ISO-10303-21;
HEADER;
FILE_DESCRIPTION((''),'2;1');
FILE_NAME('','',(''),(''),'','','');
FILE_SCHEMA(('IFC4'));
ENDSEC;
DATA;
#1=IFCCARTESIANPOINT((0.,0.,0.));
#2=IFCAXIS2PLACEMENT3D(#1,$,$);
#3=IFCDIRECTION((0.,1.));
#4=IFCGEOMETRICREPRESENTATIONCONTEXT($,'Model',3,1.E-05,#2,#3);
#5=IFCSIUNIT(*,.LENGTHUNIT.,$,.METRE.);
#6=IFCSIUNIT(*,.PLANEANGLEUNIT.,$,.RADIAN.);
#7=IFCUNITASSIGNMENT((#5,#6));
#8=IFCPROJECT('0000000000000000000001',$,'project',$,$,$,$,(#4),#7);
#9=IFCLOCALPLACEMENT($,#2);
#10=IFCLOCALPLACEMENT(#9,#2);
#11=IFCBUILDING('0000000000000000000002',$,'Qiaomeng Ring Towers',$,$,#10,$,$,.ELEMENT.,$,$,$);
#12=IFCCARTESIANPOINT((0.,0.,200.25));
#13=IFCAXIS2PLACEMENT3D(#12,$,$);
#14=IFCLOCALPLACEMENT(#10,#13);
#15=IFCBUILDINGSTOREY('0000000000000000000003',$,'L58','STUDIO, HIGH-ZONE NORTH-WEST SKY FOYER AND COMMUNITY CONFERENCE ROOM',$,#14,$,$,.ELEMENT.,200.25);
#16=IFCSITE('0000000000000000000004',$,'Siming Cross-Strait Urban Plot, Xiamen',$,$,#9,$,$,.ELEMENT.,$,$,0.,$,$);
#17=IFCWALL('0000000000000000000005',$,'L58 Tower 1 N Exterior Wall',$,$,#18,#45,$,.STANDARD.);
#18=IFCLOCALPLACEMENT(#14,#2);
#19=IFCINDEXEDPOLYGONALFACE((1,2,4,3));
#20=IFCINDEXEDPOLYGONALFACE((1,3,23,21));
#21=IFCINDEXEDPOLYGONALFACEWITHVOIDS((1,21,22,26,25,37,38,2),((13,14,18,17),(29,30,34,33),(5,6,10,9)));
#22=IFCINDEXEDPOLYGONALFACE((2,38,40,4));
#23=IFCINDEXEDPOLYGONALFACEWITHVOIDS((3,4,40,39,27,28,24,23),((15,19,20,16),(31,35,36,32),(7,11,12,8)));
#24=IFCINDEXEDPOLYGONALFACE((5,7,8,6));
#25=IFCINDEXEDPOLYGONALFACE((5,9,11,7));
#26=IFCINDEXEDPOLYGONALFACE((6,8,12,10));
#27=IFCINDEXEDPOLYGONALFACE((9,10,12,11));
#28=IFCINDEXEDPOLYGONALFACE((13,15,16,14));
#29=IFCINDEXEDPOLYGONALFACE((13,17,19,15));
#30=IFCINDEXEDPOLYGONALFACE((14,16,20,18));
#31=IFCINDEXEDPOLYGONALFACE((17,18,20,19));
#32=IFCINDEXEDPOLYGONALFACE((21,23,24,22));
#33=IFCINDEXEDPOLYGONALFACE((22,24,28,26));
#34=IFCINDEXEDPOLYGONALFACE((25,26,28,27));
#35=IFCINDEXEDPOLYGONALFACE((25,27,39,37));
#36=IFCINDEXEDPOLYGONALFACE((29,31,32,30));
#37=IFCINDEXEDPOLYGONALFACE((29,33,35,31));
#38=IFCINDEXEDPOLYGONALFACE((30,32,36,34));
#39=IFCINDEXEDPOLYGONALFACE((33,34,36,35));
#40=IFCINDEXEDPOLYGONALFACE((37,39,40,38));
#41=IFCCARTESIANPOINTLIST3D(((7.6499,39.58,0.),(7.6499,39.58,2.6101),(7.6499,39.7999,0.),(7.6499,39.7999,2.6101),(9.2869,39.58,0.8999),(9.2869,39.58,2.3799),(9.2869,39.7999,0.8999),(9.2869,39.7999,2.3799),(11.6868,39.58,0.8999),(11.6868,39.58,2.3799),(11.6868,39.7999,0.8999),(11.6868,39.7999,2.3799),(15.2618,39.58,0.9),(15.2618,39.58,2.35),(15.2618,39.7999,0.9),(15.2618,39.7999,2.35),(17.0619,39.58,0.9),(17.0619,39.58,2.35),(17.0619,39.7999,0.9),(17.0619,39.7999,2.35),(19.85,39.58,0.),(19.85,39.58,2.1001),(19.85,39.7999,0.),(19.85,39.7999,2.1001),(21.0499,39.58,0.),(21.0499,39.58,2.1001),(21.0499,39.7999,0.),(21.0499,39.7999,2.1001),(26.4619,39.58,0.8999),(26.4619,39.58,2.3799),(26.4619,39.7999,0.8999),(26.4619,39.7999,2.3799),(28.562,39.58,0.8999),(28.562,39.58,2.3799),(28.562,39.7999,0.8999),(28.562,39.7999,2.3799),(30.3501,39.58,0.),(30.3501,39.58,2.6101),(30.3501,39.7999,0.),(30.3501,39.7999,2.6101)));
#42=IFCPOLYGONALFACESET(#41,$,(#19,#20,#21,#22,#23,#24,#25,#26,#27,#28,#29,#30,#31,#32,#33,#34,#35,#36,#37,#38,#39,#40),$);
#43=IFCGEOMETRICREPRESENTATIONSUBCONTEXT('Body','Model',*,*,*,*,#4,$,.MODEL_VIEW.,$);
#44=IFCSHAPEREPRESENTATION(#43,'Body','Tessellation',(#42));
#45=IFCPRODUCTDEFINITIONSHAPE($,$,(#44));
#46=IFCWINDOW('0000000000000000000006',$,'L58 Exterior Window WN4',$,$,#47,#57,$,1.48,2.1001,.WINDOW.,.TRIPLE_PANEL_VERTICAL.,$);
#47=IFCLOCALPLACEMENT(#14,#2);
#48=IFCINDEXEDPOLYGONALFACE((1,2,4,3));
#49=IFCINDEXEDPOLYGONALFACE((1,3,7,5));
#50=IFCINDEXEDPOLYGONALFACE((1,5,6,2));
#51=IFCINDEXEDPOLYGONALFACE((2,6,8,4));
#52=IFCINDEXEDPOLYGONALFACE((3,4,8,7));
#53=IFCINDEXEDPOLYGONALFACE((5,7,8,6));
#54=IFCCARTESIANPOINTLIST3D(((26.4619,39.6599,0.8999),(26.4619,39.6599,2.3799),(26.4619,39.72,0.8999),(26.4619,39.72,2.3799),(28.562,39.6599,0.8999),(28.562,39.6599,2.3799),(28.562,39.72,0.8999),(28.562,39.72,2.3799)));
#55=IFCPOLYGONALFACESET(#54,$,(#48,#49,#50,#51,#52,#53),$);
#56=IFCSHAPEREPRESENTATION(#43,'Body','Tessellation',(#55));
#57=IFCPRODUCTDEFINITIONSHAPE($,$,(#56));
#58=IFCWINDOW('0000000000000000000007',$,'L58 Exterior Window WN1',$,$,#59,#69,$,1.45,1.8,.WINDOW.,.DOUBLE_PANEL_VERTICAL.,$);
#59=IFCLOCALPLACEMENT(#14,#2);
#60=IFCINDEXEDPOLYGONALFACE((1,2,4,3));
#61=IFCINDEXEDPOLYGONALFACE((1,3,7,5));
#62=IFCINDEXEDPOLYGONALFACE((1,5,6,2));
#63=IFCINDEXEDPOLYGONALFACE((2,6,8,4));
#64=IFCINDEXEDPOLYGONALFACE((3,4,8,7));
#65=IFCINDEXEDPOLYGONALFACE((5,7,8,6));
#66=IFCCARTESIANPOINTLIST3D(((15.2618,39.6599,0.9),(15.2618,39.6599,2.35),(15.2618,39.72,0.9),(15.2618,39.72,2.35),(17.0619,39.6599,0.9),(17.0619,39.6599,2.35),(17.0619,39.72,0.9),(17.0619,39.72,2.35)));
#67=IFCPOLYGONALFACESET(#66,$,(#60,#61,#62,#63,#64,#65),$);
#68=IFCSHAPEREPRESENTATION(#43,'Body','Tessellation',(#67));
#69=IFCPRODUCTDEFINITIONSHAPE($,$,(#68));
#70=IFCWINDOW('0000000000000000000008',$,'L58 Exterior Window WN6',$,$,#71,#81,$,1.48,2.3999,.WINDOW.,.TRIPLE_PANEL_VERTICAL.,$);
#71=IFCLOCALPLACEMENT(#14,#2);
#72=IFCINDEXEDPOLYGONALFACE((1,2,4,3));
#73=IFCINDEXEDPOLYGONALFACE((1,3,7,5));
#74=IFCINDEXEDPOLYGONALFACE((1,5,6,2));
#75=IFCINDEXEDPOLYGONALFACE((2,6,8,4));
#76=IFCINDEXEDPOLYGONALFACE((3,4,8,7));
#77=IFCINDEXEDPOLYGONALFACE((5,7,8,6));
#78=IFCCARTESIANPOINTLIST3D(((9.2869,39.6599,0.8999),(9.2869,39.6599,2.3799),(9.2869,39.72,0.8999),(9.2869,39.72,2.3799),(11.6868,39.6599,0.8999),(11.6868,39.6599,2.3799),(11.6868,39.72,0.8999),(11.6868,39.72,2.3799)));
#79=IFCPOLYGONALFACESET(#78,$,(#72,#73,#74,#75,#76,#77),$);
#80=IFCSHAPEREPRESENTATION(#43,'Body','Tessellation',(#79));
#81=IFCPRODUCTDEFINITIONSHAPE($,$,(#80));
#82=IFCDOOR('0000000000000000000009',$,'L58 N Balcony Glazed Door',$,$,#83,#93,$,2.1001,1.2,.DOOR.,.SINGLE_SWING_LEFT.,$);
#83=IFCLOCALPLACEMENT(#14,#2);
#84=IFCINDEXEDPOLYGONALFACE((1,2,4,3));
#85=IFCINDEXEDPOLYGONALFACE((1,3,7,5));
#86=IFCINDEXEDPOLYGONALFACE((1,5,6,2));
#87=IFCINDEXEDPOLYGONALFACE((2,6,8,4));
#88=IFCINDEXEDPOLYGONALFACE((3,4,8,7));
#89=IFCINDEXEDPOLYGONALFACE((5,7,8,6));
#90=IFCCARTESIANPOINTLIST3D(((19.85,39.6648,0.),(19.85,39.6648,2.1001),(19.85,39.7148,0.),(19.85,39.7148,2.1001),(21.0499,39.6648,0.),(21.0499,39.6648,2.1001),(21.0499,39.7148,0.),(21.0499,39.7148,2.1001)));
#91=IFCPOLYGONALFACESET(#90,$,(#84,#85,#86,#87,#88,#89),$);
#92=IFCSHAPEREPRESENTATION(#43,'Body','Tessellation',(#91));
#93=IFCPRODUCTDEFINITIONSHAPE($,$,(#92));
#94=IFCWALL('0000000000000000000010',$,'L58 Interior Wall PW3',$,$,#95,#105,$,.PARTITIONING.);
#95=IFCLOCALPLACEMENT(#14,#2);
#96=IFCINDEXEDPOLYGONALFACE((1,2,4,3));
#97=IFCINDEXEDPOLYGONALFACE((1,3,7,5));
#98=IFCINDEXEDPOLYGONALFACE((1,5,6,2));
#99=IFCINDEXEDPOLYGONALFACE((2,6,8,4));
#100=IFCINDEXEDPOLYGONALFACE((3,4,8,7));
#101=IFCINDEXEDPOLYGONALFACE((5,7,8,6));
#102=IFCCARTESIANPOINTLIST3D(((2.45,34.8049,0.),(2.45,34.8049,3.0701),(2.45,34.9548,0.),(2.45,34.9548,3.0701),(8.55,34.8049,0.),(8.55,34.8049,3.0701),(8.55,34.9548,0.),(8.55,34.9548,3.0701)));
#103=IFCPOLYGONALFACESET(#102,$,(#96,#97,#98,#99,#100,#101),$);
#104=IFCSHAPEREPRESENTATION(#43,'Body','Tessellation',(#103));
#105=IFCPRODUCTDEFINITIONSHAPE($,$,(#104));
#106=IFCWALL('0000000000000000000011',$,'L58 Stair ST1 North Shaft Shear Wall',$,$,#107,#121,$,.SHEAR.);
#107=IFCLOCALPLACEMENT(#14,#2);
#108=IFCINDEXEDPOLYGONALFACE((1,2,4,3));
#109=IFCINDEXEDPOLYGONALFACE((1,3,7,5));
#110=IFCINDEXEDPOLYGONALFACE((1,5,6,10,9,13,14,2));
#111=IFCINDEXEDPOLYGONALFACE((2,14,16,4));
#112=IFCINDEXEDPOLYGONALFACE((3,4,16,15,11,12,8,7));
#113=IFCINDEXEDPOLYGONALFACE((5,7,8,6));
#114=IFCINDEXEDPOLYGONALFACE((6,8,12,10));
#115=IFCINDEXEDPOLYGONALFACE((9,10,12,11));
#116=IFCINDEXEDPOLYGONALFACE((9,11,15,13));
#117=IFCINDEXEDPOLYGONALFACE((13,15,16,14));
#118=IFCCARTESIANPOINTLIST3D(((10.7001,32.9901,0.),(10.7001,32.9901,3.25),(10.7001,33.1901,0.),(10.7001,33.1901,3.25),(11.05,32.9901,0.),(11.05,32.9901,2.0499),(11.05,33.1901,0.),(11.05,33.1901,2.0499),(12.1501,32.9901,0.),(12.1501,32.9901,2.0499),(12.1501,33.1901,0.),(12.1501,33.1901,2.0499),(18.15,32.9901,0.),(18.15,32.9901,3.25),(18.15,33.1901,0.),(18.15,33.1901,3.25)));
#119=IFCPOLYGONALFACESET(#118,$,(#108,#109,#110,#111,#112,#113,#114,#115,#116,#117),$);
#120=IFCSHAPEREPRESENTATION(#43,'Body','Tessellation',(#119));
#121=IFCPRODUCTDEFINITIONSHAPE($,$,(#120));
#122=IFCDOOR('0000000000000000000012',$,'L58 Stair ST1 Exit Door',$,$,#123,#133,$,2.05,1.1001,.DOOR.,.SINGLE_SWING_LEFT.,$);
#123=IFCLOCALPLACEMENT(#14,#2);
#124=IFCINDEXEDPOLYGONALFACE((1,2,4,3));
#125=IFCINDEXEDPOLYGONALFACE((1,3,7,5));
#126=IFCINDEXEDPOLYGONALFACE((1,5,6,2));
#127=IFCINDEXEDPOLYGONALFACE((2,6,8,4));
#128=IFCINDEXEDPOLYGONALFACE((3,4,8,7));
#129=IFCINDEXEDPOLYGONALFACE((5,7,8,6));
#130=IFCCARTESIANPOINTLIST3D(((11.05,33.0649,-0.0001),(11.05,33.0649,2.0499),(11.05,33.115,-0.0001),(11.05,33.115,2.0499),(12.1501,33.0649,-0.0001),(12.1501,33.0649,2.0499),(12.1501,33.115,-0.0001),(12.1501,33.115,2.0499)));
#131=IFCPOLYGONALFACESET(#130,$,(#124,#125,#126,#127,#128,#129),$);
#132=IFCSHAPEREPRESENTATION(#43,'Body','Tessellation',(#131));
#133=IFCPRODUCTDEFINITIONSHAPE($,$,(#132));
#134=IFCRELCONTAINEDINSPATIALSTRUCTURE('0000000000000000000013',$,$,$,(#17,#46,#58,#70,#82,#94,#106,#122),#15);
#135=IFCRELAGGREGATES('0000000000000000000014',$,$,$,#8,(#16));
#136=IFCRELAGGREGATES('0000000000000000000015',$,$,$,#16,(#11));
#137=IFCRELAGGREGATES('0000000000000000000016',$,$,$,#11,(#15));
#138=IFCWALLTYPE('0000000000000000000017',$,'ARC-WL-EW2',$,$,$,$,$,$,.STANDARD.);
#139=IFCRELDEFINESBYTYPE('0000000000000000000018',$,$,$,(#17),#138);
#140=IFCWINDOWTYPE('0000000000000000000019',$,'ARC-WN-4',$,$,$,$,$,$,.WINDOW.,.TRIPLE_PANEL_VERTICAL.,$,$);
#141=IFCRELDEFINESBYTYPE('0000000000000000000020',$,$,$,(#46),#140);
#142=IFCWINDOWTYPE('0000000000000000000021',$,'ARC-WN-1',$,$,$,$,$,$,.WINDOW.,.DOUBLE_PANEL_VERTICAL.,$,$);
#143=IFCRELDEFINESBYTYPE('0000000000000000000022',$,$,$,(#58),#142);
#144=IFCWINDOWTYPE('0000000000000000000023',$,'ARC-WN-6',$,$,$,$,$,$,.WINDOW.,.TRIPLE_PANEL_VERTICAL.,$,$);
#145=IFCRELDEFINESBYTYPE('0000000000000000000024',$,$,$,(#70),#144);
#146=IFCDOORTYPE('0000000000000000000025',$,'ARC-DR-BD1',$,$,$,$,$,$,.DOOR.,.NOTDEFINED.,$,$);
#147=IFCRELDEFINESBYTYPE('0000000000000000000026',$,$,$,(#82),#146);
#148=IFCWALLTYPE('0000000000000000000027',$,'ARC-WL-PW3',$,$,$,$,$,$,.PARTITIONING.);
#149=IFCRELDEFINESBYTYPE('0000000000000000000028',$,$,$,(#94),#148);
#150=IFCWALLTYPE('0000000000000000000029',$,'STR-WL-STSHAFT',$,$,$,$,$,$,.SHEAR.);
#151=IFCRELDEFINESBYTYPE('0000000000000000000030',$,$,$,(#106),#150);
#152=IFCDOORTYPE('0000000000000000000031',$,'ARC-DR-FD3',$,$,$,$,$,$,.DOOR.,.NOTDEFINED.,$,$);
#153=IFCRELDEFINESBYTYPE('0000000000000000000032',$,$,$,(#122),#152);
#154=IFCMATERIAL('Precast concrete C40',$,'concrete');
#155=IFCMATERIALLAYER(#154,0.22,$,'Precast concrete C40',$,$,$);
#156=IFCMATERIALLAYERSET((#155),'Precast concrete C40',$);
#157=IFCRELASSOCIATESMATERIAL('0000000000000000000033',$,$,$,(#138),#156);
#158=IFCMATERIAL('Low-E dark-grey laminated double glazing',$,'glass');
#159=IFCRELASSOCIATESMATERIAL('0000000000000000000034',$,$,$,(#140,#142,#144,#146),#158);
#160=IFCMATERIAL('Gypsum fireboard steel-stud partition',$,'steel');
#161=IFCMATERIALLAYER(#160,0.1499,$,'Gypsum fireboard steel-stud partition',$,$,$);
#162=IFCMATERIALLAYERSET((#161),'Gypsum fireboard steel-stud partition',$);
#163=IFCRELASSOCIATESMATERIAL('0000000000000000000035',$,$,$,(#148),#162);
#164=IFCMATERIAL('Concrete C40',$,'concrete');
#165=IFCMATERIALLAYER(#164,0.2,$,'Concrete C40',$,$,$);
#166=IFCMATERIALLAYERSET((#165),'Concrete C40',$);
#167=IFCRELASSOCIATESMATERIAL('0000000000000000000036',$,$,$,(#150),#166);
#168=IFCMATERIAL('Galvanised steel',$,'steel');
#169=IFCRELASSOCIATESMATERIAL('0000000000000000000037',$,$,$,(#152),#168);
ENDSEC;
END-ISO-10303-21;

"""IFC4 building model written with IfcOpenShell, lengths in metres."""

from ifc_helpers import new_model, si_unit, direction, frame, frame_2d, origin, place, context, subcontext, project, spatial, rectangle, extrude, source, transform, mapped, material, layer, layer_set, type_object, element, fill, save


model = new_model("IFC4")

# Units and contexts
model_context = context("Model", 3, precision=1e-05, world=origin(), true_north=direction((0.0, 1.0)))
body_context = subcontext(model_context, "Body", "Model", "MODEL_VIEW")
ifc_project = project(units=[si_unit("LENGTHUNIT", "METRE"), si_unit("PLANEANGLEUNIT", "RADIAN")], contexts=[model_context])

# Site, building, storey
site_placement = place(None, origin())
site = spatial("IfcSite", under=ifc_project, at=site_placement, Name="Siming Cross-Strait Urban Plot, Xiamen", CompositionType="ELEMENT", RefElevation=0.0)
building_placement = place(site_placement, origin())
building = spatial("IfcBuilding", under=site, at=building_placement, Name="Qiaomeng Ring Towers", CompositionType="ELEMENT")
storey_placement = place(building_placement, frame((0.0, 0.0, 200.25)))
storey = spatial("IfcBuildingStorey", under=building, at=storey_placement, Name="L58", Description="STUDIO, HIGH-ZONE NORTH-WEST SKY FOYER AND COMMUNITY CONFERENCE ROOM", CompositionType="ELEMENT", Elevation=200.25)

# Shared definitions
ifc_material_1 = material(Name="Concrete C40", Category="concrete")

# Shared definitions
ifc_material_2 = material(Name="Low-E dark-grey laminated double glazing", Category="glass")

# Wall, openings, windows, door
ifc_material_3 = material(Name="Precast concrete C40", Category="concrete")
ifc_layer_1 = layer(ifc_material_3, 0.22, Name="Precast concrete C40")
ifc_layer_set_1 = layer_set([ifc_layer_1], Name="Precast concrete C40")
wall_type_1 = type_object("IfcWallType", Name="ARC-WL-EW2", PredefinedType="STANDARD", material=ifc_layer_set_1)
wall_1_placement = place(storey_placement, frame((7.6499, 39.6899, 0.0), z_axis=(0.0, 0.0, 1.0), x_axis=(1.0, 0.0, 0.0)))
wall_1 = element("IfcWall", 1, at=wall_1_placement, inside=storey, type_object=wall_type_1, Name="L58 Tower 1 N Exterior Wall", PredefinedType="STANDARD", context=body_context, shape_type="SweptSolid", body=[
    extrude(rectangle(XDim=22.7002, YDim=0.22, at=frame_2d((11.3501, 0.0))), origin(), (0.0, 0.0, 1.0), 2.6101),
])
opening_1_placement = place(wall_1_placement, frame((12.2, 0.0, 0.0)))
opening_1 = element("IfcOpeningElement", 2, at=opening_1_placement, cuts=wall_1, PredefinedType="OPENING", context=body_context, shape_type="SweptSolid", body=[
    extrude(rectangle(XDim=1.2, YDim=2.1001, at=frame_2d((0.6001, 1.05))), frame((0.0, 0.1199, 0.0), z_axis=(0.0, -1.0, 0.0), x_axis=(1.0, 0.0, 0.0)), (0.0, 0.0, 1.0), 0.24),
])
opening_2_placement = place(wall_1_placement, frame((1.637, 0.0, 0.8999)))
opening_2 = element("IfcOpeningElement", 3, at=opening_2_placement, cuts=wall_1, PredefinedType="OPENING", context=body_context, shape_type="SweptSolid", body=[
    extrude(rectangle(XDim=2.3999, YDim=1.48, at=frame_2d((1.2, 0.74))), frame((0.0, 0.1199, 0.0), z_axis=(0.0, -1.0, 0.0), x_axis=(1.0, 0.0, 0.0)), (0.0, 0.0, 1.0), 0.24),
])
opening_3_placement = place(wall_1_placement, frame((7.6121, 0.0, 0.8999)))
opening_3 = element("IfcOpeningElement", 4, at=opening_3_placement, cuts=wall_1, PredefinedType="OPENING", context=body_context, shape_type="SweptSolid", body=[
    extrude(rectangle(XDim=1.8, YDim=1.45, at=frame_2d((0.8999, 0.7251))), frame((0.0, 0.1199, 0.0), z_axis=(0.0, -1.0, 0.0), x_axis=(1.0, 0.0, 0.0)), (0.0, 0.0, 1.0), 0.24),
])
opening_4_placement = place(wall_1_placement, frame((18.812, 0.0, 0.8999)))
opening_4 = element("IfcOpeningElement", 5, at=opening_4_placement, cuts=wall_1, PredefinedType="OPENING", context=body_context, shape_type="SweptSolid", body=[
    extrude(rectangle(XDim=2.1001, YDim=1.48, at=frame_2d((1.05, 0.74))), frame((0.0, 0.1199, 0.0), z_axis=(0.0, -1.0, 0.0), x_axis=(1.0, 0.0, 0.0)), (0.0, 0.0, 1.0), 0.24),
])
window_type_1 = type_object("IfcWindowType", Name="ARC-WN-4", PartitioningType="TRIPLE_PANEL_VERTICAL", PredefinedType="WINDOW", material=ifc_material_2)
shared_shape_1 = source(origin(), body_context, "Body", "SweptSolid", [
    extrude(rectangle(XDim=2.1001, YDim=1.48, at=frame_2d((1.05, 0.74))), frame((0.0, 0.03, 0.0), z_axis=(0.0, -1.0, 0.0), x_axis=(1.0, 0.0, 0.0)), (0.0, 0.0, 1.0), 0.0601),
])
window_1_placement = place(opening_4_placement, origin())
window_1 = element("IfcWindow", 6, at=window_1_placement, inside=storey, type_object=window_type_1, Name="L58 Exterior Window WN4", OverallHeight=1.48, OverallWidth=2.1001, PartitioningType="TRIPLE_PANEL_VERTICAL", PredefinedType="WINDOW", context=body_context, shape_type="MappedRepresentation", body=[
    mapped(shared_shape_1, transform((0.0, 0.0, 0.0), x_axis=(1.0, 0.0, 0.0), y_axis=(0.0, 1.0, 0.0), z_axis=(0.0, 0.0, 1.0), scale=1.0)),
])
fill(opening_4, window_1)
window_type_2 = type_object("IfcWindowType", Name="ARC-WN-1", PartitioningType="DOUBLE_PANEL_VERTICAL", PredefinedType="WINDOW", material=ifc_material_2)
shared_shape_2 = source(origin(), body_context, "Body", "SweptSolid", [
    extrude(rectangle(XDim=1.8, YDim=1.45, at=frame_2d((0.8999, 0.7251))), frame((0.0, 0.03, 0.0), z_axis=(0.0, -1.0, 0.0), x_axis=(1.0, 0.0, 0.0)), (0.0, 0.0, 1.0), 0.0601),
])
window_2_placement = place(opening_3_placement, origin())
window_2 = element("IfcWindow", 7, at=window_2_placement, inside=storey, type_object=window_type_2, Name="L58 Exterior Window WN1", OverallHeight=1.45, OverallWidth=1.8, PartitioningType="DOUBLE_PANEL_VERTICAL", PredefinedType="WINDOW", context=body_context, shape_type="MappedRepresentation", body=[
    mapped(shared_shape_2, transform((0.0, 0.0, 0.0), x_axis=(1.0, 0.0, 0.0), y_axis=(0.0, 1.0, 0.0), z_axis=(0.0, 0.0, 1.0), scale=1.0)),
])
fill(opening_3, window_2)
window_type_3 = type_object("IfcWindowType", Name="ARC-WN-6", PartitioningType="TRIPLE_PANEL_VERTICAL", PredefinedType="WINDOW", material=ifc_material_2)
shared_shape_3 = source(origin(), body_context, "Body", "SweptSolid", [
    extrude(rectangle(XDim=2.3999, YDim=1.48, at=frame_2d((1.2, 0.74))), frame((0.0, 0.03, 0.0), z_axis=(0.0, -1.0, 0.0), x_axis=(1.0, 0.0, 0.0)), (0.0, 0.0, 1.0), 0.0601),
])
window_3_placement = place(opening_2_placement, origin())
window_3 = element("IfcWindow", 8, at=window_3_placement, inside=storey, type_object=window_type_3, Name="L58 Exterior Window WN6", OverallHeight=1.48, OverallWidth=2.3999, PartitioningType="TRIPLE_PANEL_VERTICAL", PredefinedType="WINDOW", context=body_context, shape_type="MappedRepresentation", body=[
    mapped(shared_shape_3, transform((0.0, 0.0, 0.0), x_axis=(1.0, 0.0, 0.0), y_axis=(0.0, 1.0, 0.0), z_axis=(0.0, 0.0, 1.0), scale=1.0)),
])
fill(opening_2, window_3)
door_type_1 = type_object("IfcDoorType", Name="ARC-DR-BD1", OperationType="NOTDEFINED", PredefinedType="DOOR", material=ifc_material_2)
shared_shape_4 = source(origin(), body_context, "Body", "SweptSolid", [
    extrude(rectangle(XDim=1.2, YDim=2.1001, at=frame_2d((0.6001, 1.05))), frame((0.0, 0.0249, 0.0), z_axis=(0.0, -1.0, 0.0), x_axis=(1.0, 0.0, 0.0)), (0.0, 0.0, 1.0), 0.05),
])
door_1_placement = place(opening_1_placement, origin())
door_1 = element("IfcDoor", 9, at=door_1_placement, inside=storey, type_object=door_type_1, Name="L58 N Balcony Glazed Door", OperationType="SINGLE_SWING_LEFT", OverallHeight=2.1001, OverallWidth=1.2, PredefinedType="DOOR", context=body_context, shape_type="MappedRepresentation", body=[
    mapped(shared_shape_4, transform((0.0, 0.0, 0.0), x_axis=(1.0, 0.0, 0.0), y_axis=(0.0, 1.0, 0.0), z_axis=(0.0, 0.0, 1.0), scale=1.0)),
])
fill(opening_1, door_1)

# Wall
ifc_material_4 = material(Name="Gypsum fireboard steel-stud partition", Category="steel")
ifc_layer_2 = layer(ifc_material_4, 0.1499, Name="Gypsum fireboard steel-stud partition")
ifc_layer_set_2 = layer_set([ifc_layer_2], Name="Gypsum fireboard steel-stud partition")
wall_type_2 = type_object("IfcWallType", Name="ARC-WL-PW3", PredefinedType="PARTITIONING", material=ifc_layer_set_2)
wall_2_placement = place(storey_placement, frame((2.45, 34.8799, 0.0), z_axis=(0.0, 0.0, 1.0), x_axis=(1.0, 0.0, 0.0)))
element("IfcWall", 10, at=wall_2_placement, inside=storey, type_object=wall_type_2, Name="L58 Interior Wall PW3", PredefinedType="PARTITIONING", context=body_context, shape_type="SweptSolid", body=[
    extrude(rectangle(XDim=6.1001, YDim=0.1499, at=frame_2d((3.05, 0.0))), origin(), (0.0, 0.0, 1.0), 3.0701),
])

# Wall, opening, door
ifc_layer_3 = layer(ifc_material_1, 0.2, Name="Concrete C40")
ifc_layer_set_3 = layer_set([ifc_layer_3], Name="Concrete C40")
wall_type_3 = type_object("IfcWallType", Name="STR-WL-STSHAFT", PredefinedType="SHEAR", material=ifc_layer_set_3)
wall_3_placement = place(storey_placement, frame((10.7, 33.0901, 0.0), z_axis=(0.0, 0.0, 1.0), x_axis=(1.0, 0.0, 0.0)))
wall_3 = element("IfcWall", 11, at=wall_3_placement, inside=storey, type_object=wall_type_3, Name="L58 Stair ST1 North Shaft Shear Wall", PredefinedType="SHEAR", context=body_context, shape_type="SweptSolid", body=[
    extrude(rectangle(XDim=7.45, YDim=0.2, at=frame_2d((3.7251, 0.0))), origin(), (0.0, 0.0, 1.0), 3.25),
])
opening_5_placement = place(wall_3_placement, frame((0.3501, 0.0, 0.0)))
opening_5 = element("IfcOpeningElement", 12, at=opening_5_placement, cuts=wall_3, PredefinedType="OPENING", context=body_context, shape_type="SweptSolid", body=[
    extrude(rectangle(XDim=1.1001, YDim=2.05, at=frame_2d((0.55, 1.0249))), frame((0.0, 0.1099, 0.0), z_axis=(0.0, -1.0, 0.0), x_axis=(1.0, 0.0, 0.0)), (0.0, 0.0, 1.0), 0.22),
])
ifc_material_5 = material(Name="Galvanised steel", Category="steel")
door_type_2 = type_object("IfcDoorType", Name="ARC-DR-FD3", OperationType="NOTDEFINED", PredefinedType="DOOR", material=ifc_material_5)
shared_shape_5 = source(origin(), body_context, "Body", "SweptSolid", [
    extrude(rectangle(XDim=1.1001, YDim=2.05, at=frame_2d((0.55, 1.0249))), frame((0.0, 0.0249, 0.0), z_axis=(0.0, -1.0, 0.0), x_axis=(1.0, 0.0, 0.0)), (0.0, 0.0, 1.0), 0.05),
])
door_2_placement = place(opening_5_placement, origin())
door_2 = element("IfcDoor", 13, at=door_2_placement, inside=storey, type_object=door_type_2, Name="L58 Stair ST1 Exit Door", OperationType="SINGLE_SWING_LEFT", OverallHeight=2.05, OverallWidth=1.1001, PredefinedType="DOOR", context=body_context, shape_type="MappedRepresentation", body=[
    mapped(shared_shape_5, transform((0.0, 0.0, 0.0), x_axis=(1.0, 0.0, 0.0), y_axis=(0.0, 1.0, 0.0), z_axis=(0.0, 0.0, 1.0), scale=1.0)),
])
fill(opening_5, door_2)

save(model, "model.ifc")
